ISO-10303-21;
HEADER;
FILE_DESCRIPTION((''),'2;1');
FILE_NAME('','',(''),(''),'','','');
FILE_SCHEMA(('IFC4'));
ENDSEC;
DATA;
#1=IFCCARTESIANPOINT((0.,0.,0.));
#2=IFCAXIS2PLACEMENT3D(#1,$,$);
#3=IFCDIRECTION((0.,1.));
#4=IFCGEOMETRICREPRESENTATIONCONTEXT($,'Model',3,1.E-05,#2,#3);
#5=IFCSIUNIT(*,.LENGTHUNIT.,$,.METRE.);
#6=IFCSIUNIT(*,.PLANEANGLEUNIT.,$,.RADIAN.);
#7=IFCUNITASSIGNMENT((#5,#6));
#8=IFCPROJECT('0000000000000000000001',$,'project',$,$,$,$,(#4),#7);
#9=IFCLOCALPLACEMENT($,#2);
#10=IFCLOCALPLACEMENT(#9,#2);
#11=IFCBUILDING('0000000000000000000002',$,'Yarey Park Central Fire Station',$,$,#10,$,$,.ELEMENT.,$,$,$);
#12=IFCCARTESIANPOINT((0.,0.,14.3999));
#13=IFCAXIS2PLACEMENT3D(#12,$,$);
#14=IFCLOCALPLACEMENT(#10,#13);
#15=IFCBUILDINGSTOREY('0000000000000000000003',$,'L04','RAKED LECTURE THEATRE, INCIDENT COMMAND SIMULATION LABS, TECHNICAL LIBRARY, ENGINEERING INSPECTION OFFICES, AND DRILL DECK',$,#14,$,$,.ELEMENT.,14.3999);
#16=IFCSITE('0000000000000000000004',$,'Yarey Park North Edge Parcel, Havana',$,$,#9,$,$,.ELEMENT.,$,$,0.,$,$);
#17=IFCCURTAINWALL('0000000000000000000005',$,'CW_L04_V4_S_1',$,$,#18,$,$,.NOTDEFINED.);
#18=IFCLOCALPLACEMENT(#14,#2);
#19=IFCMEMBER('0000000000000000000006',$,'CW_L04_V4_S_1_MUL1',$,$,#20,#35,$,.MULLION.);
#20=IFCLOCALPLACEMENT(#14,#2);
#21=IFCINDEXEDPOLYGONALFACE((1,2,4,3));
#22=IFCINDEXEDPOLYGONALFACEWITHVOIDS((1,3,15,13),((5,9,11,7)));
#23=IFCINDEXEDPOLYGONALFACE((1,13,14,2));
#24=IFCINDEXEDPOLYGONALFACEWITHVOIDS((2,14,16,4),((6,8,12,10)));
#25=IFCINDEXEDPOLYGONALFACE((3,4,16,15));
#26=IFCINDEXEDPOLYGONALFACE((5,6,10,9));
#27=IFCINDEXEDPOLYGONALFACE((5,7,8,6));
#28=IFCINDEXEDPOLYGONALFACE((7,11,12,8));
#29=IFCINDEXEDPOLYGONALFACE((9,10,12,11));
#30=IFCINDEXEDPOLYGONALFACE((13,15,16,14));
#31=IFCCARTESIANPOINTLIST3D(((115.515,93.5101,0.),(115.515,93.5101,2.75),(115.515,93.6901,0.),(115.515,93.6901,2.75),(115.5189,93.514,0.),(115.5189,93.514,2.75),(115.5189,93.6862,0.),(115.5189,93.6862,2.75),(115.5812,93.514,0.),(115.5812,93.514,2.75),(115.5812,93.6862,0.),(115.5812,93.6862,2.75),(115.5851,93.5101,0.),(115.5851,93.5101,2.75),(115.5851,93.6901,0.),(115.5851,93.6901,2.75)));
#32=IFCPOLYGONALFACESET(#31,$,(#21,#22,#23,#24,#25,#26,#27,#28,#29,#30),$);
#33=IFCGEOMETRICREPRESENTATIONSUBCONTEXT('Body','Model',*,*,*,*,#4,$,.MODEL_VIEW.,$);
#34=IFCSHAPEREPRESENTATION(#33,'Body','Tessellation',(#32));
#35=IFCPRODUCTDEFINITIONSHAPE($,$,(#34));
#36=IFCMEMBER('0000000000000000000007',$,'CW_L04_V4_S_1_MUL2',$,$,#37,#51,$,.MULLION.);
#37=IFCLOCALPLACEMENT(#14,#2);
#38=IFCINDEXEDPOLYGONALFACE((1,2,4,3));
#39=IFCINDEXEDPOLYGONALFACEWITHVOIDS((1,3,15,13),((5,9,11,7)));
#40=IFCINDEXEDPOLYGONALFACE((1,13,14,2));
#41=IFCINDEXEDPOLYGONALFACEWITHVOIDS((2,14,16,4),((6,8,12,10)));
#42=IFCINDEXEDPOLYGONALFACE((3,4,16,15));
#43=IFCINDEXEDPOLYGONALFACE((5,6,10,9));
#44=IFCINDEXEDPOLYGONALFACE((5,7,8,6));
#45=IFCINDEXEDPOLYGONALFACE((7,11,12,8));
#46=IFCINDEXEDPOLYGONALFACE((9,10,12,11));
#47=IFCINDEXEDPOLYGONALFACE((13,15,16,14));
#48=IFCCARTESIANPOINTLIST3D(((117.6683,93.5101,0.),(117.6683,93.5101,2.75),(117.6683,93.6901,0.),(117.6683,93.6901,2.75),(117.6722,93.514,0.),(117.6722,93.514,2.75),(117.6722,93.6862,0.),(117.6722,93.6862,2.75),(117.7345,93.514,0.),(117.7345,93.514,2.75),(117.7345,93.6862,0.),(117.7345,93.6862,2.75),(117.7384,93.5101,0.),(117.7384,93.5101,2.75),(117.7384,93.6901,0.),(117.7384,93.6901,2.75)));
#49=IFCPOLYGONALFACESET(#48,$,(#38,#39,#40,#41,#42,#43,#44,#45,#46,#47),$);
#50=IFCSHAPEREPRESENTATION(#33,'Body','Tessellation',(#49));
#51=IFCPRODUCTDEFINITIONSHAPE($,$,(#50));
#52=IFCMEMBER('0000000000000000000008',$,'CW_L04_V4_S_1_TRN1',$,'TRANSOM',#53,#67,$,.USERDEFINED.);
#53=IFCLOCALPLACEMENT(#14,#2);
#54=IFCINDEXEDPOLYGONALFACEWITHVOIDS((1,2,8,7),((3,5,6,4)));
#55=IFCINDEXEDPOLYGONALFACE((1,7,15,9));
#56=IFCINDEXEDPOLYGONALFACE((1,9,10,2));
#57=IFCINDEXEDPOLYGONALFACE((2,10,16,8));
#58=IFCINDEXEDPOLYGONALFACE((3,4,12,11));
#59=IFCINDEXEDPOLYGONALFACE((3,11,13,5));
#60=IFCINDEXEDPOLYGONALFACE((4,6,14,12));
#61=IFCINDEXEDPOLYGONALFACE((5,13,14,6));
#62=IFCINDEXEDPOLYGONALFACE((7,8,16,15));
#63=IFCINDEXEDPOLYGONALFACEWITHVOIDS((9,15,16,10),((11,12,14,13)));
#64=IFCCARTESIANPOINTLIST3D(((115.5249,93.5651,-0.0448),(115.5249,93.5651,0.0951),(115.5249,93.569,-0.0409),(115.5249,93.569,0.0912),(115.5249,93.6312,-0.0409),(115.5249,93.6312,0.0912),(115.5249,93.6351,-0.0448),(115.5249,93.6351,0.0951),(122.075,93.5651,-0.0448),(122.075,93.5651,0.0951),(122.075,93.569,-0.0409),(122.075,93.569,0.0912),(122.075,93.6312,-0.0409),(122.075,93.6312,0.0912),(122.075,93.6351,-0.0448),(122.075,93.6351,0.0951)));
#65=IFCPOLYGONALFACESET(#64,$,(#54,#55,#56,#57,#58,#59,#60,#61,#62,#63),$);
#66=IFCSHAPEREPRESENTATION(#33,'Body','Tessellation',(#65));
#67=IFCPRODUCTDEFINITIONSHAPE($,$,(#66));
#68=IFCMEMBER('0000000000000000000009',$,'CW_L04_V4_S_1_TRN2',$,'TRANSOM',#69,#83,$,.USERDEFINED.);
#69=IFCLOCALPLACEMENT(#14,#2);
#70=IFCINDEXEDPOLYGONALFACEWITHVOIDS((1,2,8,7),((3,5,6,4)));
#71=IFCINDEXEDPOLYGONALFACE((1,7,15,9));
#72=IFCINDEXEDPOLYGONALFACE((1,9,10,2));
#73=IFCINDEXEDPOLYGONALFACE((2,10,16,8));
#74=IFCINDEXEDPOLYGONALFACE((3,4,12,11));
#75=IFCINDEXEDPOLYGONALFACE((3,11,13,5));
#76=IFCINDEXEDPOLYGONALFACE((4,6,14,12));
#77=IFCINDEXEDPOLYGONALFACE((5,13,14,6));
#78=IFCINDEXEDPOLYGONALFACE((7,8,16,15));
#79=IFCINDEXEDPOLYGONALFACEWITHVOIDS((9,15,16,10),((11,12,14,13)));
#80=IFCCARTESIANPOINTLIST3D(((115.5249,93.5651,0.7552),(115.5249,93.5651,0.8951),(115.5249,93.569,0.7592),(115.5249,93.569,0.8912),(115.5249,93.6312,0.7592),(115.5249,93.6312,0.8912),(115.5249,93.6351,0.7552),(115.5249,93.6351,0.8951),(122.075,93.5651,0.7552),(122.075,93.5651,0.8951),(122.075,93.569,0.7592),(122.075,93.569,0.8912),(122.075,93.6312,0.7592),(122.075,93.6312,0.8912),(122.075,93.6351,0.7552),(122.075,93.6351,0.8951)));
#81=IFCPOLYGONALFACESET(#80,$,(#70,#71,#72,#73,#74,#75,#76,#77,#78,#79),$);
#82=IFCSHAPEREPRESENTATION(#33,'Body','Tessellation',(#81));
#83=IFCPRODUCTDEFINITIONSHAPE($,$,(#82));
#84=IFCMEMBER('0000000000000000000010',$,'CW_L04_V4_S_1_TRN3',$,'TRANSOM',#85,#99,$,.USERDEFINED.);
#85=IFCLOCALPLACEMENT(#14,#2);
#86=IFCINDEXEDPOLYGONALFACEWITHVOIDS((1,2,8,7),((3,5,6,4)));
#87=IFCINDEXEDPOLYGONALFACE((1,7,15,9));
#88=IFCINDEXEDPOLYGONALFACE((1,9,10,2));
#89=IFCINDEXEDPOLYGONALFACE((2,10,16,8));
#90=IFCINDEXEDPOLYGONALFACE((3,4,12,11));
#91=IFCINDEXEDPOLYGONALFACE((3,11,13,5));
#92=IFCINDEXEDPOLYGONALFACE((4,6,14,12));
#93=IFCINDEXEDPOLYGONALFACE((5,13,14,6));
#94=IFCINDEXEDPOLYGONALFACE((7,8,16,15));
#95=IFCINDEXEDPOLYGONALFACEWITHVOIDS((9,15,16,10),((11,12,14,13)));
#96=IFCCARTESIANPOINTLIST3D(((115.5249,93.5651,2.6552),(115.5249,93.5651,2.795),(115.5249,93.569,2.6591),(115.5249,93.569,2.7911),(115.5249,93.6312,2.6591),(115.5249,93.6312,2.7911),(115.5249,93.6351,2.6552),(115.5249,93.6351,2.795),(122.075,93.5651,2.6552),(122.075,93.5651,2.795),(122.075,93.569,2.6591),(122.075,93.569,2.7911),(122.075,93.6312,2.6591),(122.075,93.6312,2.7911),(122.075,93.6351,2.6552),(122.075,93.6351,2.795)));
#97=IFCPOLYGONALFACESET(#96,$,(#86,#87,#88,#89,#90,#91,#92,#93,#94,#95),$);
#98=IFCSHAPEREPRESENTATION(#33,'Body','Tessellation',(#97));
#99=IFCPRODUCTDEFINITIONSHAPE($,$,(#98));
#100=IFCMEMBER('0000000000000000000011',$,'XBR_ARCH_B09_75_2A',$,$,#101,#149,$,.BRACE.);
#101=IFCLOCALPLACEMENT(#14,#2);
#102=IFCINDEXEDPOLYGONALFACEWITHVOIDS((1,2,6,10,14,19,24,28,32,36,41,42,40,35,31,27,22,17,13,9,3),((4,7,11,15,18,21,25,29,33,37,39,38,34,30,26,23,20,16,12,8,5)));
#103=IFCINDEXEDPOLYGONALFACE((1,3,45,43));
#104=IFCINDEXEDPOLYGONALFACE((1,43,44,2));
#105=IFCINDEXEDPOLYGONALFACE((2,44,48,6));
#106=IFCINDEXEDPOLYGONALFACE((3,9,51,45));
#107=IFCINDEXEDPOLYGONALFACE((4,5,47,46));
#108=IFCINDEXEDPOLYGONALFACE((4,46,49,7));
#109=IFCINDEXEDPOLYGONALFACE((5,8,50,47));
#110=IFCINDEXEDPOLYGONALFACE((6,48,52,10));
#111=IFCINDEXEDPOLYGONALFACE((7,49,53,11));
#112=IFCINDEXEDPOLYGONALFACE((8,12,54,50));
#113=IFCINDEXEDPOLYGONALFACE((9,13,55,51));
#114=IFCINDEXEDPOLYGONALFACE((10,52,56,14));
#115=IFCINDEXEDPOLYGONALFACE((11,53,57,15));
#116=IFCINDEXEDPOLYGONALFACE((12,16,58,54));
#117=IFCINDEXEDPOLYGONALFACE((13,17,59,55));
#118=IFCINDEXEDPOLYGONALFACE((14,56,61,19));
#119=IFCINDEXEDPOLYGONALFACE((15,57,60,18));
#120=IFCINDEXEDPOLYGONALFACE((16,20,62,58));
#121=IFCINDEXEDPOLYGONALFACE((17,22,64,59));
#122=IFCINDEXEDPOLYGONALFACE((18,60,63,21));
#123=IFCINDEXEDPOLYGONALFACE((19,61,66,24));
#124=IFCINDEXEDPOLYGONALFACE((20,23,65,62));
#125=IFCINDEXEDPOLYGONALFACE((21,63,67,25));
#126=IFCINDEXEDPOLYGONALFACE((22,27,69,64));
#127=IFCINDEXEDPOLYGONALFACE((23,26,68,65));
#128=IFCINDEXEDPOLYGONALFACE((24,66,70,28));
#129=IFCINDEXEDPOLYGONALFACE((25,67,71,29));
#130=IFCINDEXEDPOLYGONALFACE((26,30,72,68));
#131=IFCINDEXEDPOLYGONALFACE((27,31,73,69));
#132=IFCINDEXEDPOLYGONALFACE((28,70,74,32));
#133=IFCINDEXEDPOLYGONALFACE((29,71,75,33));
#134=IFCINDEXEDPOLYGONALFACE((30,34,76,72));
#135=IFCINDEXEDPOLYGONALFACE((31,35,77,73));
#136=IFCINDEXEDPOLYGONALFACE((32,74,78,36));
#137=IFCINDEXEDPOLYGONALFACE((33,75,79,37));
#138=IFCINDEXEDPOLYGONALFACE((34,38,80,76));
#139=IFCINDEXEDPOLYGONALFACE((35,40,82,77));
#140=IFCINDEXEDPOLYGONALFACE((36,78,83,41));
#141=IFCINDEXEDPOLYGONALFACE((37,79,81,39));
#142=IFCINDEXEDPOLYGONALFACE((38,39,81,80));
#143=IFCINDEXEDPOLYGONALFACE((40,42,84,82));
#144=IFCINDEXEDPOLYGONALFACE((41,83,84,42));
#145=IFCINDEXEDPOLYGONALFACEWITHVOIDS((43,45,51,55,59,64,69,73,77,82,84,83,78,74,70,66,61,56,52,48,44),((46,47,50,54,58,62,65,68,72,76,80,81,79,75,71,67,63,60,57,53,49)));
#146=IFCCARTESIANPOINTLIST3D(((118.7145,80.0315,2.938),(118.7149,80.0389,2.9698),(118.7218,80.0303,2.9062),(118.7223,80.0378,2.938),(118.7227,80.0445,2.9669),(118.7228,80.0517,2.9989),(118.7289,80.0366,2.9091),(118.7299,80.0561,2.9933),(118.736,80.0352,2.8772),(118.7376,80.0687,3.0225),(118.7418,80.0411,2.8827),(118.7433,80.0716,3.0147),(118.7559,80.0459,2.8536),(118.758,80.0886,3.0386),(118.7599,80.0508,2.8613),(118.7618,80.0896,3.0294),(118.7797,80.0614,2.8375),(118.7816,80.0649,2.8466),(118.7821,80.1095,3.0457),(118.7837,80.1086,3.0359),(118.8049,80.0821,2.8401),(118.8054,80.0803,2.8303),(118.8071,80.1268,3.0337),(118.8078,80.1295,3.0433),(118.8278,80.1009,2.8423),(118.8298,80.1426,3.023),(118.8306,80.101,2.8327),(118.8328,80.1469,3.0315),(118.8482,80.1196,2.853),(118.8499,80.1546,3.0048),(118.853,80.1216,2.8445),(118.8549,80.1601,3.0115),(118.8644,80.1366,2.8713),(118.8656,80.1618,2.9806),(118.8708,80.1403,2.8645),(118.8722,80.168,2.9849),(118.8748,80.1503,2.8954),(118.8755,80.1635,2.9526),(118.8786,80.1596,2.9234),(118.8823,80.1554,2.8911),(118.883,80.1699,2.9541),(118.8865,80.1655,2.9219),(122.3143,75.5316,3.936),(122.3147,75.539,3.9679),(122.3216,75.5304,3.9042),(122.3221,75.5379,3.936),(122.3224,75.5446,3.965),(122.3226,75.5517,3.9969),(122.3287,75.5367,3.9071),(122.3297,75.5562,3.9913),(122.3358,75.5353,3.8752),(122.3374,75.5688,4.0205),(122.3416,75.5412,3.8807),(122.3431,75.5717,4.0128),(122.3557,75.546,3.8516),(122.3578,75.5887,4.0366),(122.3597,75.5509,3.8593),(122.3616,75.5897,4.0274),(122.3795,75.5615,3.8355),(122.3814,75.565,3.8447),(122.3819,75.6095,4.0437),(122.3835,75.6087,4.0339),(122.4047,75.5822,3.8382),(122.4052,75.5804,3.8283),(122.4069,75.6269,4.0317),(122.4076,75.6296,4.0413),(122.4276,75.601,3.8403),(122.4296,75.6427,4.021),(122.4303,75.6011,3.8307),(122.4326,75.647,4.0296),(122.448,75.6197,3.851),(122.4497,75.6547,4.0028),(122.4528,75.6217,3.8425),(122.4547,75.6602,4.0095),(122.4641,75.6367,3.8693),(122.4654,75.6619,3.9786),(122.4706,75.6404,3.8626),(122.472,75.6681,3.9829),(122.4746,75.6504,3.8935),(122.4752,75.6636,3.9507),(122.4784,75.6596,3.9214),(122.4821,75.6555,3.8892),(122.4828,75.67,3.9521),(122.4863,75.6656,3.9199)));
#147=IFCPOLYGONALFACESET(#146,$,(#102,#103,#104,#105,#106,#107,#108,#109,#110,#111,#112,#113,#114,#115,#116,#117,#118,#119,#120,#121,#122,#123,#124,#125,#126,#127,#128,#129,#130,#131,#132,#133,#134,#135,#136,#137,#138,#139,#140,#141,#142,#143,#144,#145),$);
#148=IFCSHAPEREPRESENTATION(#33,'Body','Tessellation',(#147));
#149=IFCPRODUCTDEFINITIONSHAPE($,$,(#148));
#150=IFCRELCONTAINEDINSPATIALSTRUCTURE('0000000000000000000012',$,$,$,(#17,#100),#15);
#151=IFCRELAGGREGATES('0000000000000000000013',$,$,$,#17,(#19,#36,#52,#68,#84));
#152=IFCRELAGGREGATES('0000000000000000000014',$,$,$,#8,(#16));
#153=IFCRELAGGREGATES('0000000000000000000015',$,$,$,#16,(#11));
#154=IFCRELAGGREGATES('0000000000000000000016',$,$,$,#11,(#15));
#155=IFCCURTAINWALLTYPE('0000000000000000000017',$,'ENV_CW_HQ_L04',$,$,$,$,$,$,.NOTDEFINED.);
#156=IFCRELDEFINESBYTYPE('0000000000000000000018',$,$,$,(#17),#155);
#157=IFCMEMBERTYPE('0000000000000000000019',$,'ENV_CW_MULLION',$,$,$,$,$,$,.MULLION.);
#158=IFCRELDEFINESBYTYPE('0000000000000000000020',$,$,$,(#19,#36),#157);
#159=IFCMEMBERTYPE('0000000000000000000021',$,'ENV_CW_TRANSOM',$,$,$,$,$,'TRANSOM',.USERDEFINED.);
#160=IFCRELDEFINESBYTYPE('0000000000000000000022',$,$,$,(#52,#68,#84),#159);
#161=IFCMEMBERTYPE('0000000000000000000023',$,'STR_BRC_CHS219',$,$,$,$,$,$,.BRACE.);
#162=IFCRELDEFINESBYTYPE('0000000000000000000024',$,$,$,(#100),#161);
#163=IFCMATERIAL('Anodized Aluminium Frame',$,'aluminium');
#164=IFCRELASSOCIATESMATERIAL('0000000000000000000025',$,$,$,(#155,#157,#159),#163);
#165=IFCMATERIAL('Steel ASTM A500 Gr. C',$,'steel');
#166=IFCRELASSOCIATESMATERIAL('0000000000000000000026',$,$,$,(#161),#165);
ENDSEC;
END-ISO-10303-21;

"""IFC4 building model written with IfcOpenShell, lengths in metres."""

from ifc_helpers import new_model, si_unit, direction, frame, origin, origin_2d, place, context, subcontext, project, spatial, hollow_rectangle, hollow_circle, extrude, material, material_profile, profile_set, type_object, element, aggregate, save


model = new_model("IFC4")

# Units and contexts
model_context = context("Model", 3, precision=1e-05, world=origin(), true_north=direction((0.0, 1.0)))
body_context = subcontext(model_context, "Body", "Model", "MODEL_VIEW")
ifc_project = project(units=[si_unit("LENGTHUNIT", "METRE"), si_unit("PLANEANGLEUNIT", "RADIAN")], contexts=[model_context])

# Site, building, storey
site_placement = place(None, origin())
site = spatial("IfcSite", under=ifc_project, at=site_placement, Name="Yarey Park North Edge Parcel, Havana", CompositionType="ELEMENT", RefElevation=0.0)
building_placement = place(site_placement, origin())
building = spatial("IfcBuilding", under=site, at=building_placement, Name="Yarey Park Central Fire Station", CompositionType="ELEMENT")
storey_placement = place(building_placement, frame((0.0, 0.0, 14.3999)))
storey = spatial("IfcBuildingStorey", under=building, at=storey_placement, Name="L04", Description="RAKED LECTURE THEATRE, INCIDENT COMMAND SIMULATION LABS, TECHNICAL LIBRARY, ENGINEERING INSPECTION OFFICES, AND DRILL DECK", CompositionType="ELEMENT", Elevation=14.3999)

# Curtain wall, members
ifc_material_1 = material(Name="Anodized Aluminium Frame", Category="aluminium")
curtain_wall_type = type_object("IfcCurtainWallType", Name="ENV_CW_HQ_L04", PredefinedType="NOTDEFINED", material=ifc_material_1)
curtain_wall_placement = place(storey_placement, origin())
curtain_wall = element("IfcCurtainWall", 1, at=curtain_wall_placement, inside=storey, type_object=curtain_wall_type, Name="CW_L04_V4_S_1", PredefinedType="NOTDEFINED")
ifc_material_profile_1 = material_profile(ifc_material_1, hollow_rectangle(XDim=0.0701, YDim=0.1799, WallThickness=0.0039, at=origin_2d()), Name="ALU 180x70x4")
ifc_profile_set_1 = profile_set([ifc_material_profile_1], Name="Anodized Aluminium Frame")
member_type_1 = type_object("IfcMemberType", Name="ENV_CW_MULLION", PredefinedType="MULLION", material=ifc_profile_set_1)
member_1_placement = place(storey_placement, frame((115.55, 93.6001, 0.0), z_axis=(0.0, 0.0, 1.0), x_axis=(1.0, 0.0, 0.0)))
member_1 = element("IfcMember", 2, at=member_1_placement, type_object=member_type_1, Name="CW_L04_V4_S_1_MUL1", PredefinedType="MULLION", context=body_context, shape_type="SweptSolid", body=[
    extrude(hollow_rectangle(XDim=0.0701, YDim=0.1799, WallThickness=0.0039, at=origin_2d()), origin(), (0.0, 0.0, 1.0), 2.75),
])
member_2_placement = place(storey_placement, frame((117.7034, 93.6001, 0.0), z_axis=(0.0, 0.0, 1.0), x_axis=(1.0, 0.0, 0.0)))
member_2 = element("IfcMember", 3, at=member_2_placement, type_object=member_type_1, Name="CW_L04_V4_S_1_MUL2", PredefinedType="MULLION", context=body_context, shape_type="SweptSolid", body=[
    extrude(hollow_rectangle(XDim=0.0701, YDim=0.1799, WallThickness=0.0039, at=origin_2d()), origin(), (0.0, 0.0, 1.0), 2.75),
])
ifc_material_profile_2 = material_profile(ifc_material_1, hollow_rectangle(XDim=0.0701, YDim=0.1399, WallThickness=0.0039, at=origin_2d()), Name="ALU 140x70x4")
ifc_profile_set_2 = profile_set([ifc_material_profile_2], Name="Anodized Aluminium Frame")
member_type_2 = type_object("IfcMemberType", Name="ENV_CW_TRANSOM", ElementType="TRANSOM", PredefinedType="USERDEFINED", material=ifc_profile_set_2)
member_3_placement = place(storey_placement, frame((115.5249, 93.6001, 0.0251), z_axis=(1.0, 0.0, 0.0), x_axis=(0.0, 1.0, 0.0)))
member_3 = element("IfcMember", 4, at=member_3_placement, type_object=member_type_2, Name="CW_L04_V4_S_1_TRN1", ObjectType="TRANSOM", PredefinedType="USERDEFINED", context=body_context, shape_type="SweptSolid", body=[
    extrude(hollow_rectangle(XDim=0.0701, YDim=0.1399, WallThickness=0.0039, at=origin_2d()), origin(), (0.0, 0.0, 1.0), 6.55),
])
member_4_placement = place(storey_placement, frame((115.5249, 93.6001, 0.8252), z_axis=(1.0, 0.0, 0.0), x_axis=(0.0, 1.0, 0.0)))
member_4 = element("IfcMember", 5, at=member_4_placement, type_object=member_type_2, Name="CW_L04_V4_S_1_TRN2", ObjectType="TRANSOM", PredefinedType="USERDEFINED", context=body_context, shape_type="SweptSolid", body=[
    extrude(hollow_rectangle(XDim=0.0701, YDim=0.1399, WallThickness=0.0039, at=origin_2d()), origin(), (0.0, 0.0, 1.0), 6.55),
])
member_5_placement = place(storey_placement, frame((115.5249, 93.6001, 2.7251), z_axis=(1.0, 0.0, 0.0), x_axis=(0.0, 1.0, 0.0)))
member_5 = element("IfcMember", 6, at=member_5_placement, type_object=member_type_2, Name="CW_L04_V4_S_1_TRN3", ObjectType="TRANSOM", PredefinedType="USERDEFINED", context=body_context, shape_type="SweptSolid", body=[
    extrude(hollow_rectangle(XDim=0.0701, YDim=0.1399, WallThickness=0.0039, at=origin_2d()), origin(), (0.0, 0.0, 1.0), 6.55),
])

# Member
ifc_material_2 = material(Name="Steel ASTM A500 Gr. C", Category="steel")
ifc_material_profile_3 = material_profile(ifc_material_2, hollow_circle(Radius=0.1096, WallThickness=0.01, at=origin_2d()), Name="CHS 219.1x10")
ifc_profile_set_3 = profile_set([ifc_material_profile_3], Name="Steel ASTM A500 Gr. C")
member_type_3 = type_object("IfcMemberType", Name="STR_BRC_CHS219", PredefinedType="BRACE", material=ifc_profile_set_3)
member_6_placement = place(storey_placement, frame((122.3999, 75.6001, 3.936), z_axis=(-0.615517, 0.769427, -0.17065), x_axis=(-0.780881, -0.62468, 0.0)))
element("IfcMember", 7, at=member_6_placement, inside=storey, type_object=member_type_3, Name="XBR_ARCH_B09_75_2A", PredefinedType="BRACE", context=body_context, shape_type="SweptSolid", body=[
    extrude(hollow_circle(Radius=0.1096, WallThickness=0.01, at=origin_2d()), origin(), (0.0, 0.0, 1.0), 5.8484),
])

aggregate(curtain_wall, [member_1, member_2, member_3, member_4, member_5])

save(model, "model.ifc")
